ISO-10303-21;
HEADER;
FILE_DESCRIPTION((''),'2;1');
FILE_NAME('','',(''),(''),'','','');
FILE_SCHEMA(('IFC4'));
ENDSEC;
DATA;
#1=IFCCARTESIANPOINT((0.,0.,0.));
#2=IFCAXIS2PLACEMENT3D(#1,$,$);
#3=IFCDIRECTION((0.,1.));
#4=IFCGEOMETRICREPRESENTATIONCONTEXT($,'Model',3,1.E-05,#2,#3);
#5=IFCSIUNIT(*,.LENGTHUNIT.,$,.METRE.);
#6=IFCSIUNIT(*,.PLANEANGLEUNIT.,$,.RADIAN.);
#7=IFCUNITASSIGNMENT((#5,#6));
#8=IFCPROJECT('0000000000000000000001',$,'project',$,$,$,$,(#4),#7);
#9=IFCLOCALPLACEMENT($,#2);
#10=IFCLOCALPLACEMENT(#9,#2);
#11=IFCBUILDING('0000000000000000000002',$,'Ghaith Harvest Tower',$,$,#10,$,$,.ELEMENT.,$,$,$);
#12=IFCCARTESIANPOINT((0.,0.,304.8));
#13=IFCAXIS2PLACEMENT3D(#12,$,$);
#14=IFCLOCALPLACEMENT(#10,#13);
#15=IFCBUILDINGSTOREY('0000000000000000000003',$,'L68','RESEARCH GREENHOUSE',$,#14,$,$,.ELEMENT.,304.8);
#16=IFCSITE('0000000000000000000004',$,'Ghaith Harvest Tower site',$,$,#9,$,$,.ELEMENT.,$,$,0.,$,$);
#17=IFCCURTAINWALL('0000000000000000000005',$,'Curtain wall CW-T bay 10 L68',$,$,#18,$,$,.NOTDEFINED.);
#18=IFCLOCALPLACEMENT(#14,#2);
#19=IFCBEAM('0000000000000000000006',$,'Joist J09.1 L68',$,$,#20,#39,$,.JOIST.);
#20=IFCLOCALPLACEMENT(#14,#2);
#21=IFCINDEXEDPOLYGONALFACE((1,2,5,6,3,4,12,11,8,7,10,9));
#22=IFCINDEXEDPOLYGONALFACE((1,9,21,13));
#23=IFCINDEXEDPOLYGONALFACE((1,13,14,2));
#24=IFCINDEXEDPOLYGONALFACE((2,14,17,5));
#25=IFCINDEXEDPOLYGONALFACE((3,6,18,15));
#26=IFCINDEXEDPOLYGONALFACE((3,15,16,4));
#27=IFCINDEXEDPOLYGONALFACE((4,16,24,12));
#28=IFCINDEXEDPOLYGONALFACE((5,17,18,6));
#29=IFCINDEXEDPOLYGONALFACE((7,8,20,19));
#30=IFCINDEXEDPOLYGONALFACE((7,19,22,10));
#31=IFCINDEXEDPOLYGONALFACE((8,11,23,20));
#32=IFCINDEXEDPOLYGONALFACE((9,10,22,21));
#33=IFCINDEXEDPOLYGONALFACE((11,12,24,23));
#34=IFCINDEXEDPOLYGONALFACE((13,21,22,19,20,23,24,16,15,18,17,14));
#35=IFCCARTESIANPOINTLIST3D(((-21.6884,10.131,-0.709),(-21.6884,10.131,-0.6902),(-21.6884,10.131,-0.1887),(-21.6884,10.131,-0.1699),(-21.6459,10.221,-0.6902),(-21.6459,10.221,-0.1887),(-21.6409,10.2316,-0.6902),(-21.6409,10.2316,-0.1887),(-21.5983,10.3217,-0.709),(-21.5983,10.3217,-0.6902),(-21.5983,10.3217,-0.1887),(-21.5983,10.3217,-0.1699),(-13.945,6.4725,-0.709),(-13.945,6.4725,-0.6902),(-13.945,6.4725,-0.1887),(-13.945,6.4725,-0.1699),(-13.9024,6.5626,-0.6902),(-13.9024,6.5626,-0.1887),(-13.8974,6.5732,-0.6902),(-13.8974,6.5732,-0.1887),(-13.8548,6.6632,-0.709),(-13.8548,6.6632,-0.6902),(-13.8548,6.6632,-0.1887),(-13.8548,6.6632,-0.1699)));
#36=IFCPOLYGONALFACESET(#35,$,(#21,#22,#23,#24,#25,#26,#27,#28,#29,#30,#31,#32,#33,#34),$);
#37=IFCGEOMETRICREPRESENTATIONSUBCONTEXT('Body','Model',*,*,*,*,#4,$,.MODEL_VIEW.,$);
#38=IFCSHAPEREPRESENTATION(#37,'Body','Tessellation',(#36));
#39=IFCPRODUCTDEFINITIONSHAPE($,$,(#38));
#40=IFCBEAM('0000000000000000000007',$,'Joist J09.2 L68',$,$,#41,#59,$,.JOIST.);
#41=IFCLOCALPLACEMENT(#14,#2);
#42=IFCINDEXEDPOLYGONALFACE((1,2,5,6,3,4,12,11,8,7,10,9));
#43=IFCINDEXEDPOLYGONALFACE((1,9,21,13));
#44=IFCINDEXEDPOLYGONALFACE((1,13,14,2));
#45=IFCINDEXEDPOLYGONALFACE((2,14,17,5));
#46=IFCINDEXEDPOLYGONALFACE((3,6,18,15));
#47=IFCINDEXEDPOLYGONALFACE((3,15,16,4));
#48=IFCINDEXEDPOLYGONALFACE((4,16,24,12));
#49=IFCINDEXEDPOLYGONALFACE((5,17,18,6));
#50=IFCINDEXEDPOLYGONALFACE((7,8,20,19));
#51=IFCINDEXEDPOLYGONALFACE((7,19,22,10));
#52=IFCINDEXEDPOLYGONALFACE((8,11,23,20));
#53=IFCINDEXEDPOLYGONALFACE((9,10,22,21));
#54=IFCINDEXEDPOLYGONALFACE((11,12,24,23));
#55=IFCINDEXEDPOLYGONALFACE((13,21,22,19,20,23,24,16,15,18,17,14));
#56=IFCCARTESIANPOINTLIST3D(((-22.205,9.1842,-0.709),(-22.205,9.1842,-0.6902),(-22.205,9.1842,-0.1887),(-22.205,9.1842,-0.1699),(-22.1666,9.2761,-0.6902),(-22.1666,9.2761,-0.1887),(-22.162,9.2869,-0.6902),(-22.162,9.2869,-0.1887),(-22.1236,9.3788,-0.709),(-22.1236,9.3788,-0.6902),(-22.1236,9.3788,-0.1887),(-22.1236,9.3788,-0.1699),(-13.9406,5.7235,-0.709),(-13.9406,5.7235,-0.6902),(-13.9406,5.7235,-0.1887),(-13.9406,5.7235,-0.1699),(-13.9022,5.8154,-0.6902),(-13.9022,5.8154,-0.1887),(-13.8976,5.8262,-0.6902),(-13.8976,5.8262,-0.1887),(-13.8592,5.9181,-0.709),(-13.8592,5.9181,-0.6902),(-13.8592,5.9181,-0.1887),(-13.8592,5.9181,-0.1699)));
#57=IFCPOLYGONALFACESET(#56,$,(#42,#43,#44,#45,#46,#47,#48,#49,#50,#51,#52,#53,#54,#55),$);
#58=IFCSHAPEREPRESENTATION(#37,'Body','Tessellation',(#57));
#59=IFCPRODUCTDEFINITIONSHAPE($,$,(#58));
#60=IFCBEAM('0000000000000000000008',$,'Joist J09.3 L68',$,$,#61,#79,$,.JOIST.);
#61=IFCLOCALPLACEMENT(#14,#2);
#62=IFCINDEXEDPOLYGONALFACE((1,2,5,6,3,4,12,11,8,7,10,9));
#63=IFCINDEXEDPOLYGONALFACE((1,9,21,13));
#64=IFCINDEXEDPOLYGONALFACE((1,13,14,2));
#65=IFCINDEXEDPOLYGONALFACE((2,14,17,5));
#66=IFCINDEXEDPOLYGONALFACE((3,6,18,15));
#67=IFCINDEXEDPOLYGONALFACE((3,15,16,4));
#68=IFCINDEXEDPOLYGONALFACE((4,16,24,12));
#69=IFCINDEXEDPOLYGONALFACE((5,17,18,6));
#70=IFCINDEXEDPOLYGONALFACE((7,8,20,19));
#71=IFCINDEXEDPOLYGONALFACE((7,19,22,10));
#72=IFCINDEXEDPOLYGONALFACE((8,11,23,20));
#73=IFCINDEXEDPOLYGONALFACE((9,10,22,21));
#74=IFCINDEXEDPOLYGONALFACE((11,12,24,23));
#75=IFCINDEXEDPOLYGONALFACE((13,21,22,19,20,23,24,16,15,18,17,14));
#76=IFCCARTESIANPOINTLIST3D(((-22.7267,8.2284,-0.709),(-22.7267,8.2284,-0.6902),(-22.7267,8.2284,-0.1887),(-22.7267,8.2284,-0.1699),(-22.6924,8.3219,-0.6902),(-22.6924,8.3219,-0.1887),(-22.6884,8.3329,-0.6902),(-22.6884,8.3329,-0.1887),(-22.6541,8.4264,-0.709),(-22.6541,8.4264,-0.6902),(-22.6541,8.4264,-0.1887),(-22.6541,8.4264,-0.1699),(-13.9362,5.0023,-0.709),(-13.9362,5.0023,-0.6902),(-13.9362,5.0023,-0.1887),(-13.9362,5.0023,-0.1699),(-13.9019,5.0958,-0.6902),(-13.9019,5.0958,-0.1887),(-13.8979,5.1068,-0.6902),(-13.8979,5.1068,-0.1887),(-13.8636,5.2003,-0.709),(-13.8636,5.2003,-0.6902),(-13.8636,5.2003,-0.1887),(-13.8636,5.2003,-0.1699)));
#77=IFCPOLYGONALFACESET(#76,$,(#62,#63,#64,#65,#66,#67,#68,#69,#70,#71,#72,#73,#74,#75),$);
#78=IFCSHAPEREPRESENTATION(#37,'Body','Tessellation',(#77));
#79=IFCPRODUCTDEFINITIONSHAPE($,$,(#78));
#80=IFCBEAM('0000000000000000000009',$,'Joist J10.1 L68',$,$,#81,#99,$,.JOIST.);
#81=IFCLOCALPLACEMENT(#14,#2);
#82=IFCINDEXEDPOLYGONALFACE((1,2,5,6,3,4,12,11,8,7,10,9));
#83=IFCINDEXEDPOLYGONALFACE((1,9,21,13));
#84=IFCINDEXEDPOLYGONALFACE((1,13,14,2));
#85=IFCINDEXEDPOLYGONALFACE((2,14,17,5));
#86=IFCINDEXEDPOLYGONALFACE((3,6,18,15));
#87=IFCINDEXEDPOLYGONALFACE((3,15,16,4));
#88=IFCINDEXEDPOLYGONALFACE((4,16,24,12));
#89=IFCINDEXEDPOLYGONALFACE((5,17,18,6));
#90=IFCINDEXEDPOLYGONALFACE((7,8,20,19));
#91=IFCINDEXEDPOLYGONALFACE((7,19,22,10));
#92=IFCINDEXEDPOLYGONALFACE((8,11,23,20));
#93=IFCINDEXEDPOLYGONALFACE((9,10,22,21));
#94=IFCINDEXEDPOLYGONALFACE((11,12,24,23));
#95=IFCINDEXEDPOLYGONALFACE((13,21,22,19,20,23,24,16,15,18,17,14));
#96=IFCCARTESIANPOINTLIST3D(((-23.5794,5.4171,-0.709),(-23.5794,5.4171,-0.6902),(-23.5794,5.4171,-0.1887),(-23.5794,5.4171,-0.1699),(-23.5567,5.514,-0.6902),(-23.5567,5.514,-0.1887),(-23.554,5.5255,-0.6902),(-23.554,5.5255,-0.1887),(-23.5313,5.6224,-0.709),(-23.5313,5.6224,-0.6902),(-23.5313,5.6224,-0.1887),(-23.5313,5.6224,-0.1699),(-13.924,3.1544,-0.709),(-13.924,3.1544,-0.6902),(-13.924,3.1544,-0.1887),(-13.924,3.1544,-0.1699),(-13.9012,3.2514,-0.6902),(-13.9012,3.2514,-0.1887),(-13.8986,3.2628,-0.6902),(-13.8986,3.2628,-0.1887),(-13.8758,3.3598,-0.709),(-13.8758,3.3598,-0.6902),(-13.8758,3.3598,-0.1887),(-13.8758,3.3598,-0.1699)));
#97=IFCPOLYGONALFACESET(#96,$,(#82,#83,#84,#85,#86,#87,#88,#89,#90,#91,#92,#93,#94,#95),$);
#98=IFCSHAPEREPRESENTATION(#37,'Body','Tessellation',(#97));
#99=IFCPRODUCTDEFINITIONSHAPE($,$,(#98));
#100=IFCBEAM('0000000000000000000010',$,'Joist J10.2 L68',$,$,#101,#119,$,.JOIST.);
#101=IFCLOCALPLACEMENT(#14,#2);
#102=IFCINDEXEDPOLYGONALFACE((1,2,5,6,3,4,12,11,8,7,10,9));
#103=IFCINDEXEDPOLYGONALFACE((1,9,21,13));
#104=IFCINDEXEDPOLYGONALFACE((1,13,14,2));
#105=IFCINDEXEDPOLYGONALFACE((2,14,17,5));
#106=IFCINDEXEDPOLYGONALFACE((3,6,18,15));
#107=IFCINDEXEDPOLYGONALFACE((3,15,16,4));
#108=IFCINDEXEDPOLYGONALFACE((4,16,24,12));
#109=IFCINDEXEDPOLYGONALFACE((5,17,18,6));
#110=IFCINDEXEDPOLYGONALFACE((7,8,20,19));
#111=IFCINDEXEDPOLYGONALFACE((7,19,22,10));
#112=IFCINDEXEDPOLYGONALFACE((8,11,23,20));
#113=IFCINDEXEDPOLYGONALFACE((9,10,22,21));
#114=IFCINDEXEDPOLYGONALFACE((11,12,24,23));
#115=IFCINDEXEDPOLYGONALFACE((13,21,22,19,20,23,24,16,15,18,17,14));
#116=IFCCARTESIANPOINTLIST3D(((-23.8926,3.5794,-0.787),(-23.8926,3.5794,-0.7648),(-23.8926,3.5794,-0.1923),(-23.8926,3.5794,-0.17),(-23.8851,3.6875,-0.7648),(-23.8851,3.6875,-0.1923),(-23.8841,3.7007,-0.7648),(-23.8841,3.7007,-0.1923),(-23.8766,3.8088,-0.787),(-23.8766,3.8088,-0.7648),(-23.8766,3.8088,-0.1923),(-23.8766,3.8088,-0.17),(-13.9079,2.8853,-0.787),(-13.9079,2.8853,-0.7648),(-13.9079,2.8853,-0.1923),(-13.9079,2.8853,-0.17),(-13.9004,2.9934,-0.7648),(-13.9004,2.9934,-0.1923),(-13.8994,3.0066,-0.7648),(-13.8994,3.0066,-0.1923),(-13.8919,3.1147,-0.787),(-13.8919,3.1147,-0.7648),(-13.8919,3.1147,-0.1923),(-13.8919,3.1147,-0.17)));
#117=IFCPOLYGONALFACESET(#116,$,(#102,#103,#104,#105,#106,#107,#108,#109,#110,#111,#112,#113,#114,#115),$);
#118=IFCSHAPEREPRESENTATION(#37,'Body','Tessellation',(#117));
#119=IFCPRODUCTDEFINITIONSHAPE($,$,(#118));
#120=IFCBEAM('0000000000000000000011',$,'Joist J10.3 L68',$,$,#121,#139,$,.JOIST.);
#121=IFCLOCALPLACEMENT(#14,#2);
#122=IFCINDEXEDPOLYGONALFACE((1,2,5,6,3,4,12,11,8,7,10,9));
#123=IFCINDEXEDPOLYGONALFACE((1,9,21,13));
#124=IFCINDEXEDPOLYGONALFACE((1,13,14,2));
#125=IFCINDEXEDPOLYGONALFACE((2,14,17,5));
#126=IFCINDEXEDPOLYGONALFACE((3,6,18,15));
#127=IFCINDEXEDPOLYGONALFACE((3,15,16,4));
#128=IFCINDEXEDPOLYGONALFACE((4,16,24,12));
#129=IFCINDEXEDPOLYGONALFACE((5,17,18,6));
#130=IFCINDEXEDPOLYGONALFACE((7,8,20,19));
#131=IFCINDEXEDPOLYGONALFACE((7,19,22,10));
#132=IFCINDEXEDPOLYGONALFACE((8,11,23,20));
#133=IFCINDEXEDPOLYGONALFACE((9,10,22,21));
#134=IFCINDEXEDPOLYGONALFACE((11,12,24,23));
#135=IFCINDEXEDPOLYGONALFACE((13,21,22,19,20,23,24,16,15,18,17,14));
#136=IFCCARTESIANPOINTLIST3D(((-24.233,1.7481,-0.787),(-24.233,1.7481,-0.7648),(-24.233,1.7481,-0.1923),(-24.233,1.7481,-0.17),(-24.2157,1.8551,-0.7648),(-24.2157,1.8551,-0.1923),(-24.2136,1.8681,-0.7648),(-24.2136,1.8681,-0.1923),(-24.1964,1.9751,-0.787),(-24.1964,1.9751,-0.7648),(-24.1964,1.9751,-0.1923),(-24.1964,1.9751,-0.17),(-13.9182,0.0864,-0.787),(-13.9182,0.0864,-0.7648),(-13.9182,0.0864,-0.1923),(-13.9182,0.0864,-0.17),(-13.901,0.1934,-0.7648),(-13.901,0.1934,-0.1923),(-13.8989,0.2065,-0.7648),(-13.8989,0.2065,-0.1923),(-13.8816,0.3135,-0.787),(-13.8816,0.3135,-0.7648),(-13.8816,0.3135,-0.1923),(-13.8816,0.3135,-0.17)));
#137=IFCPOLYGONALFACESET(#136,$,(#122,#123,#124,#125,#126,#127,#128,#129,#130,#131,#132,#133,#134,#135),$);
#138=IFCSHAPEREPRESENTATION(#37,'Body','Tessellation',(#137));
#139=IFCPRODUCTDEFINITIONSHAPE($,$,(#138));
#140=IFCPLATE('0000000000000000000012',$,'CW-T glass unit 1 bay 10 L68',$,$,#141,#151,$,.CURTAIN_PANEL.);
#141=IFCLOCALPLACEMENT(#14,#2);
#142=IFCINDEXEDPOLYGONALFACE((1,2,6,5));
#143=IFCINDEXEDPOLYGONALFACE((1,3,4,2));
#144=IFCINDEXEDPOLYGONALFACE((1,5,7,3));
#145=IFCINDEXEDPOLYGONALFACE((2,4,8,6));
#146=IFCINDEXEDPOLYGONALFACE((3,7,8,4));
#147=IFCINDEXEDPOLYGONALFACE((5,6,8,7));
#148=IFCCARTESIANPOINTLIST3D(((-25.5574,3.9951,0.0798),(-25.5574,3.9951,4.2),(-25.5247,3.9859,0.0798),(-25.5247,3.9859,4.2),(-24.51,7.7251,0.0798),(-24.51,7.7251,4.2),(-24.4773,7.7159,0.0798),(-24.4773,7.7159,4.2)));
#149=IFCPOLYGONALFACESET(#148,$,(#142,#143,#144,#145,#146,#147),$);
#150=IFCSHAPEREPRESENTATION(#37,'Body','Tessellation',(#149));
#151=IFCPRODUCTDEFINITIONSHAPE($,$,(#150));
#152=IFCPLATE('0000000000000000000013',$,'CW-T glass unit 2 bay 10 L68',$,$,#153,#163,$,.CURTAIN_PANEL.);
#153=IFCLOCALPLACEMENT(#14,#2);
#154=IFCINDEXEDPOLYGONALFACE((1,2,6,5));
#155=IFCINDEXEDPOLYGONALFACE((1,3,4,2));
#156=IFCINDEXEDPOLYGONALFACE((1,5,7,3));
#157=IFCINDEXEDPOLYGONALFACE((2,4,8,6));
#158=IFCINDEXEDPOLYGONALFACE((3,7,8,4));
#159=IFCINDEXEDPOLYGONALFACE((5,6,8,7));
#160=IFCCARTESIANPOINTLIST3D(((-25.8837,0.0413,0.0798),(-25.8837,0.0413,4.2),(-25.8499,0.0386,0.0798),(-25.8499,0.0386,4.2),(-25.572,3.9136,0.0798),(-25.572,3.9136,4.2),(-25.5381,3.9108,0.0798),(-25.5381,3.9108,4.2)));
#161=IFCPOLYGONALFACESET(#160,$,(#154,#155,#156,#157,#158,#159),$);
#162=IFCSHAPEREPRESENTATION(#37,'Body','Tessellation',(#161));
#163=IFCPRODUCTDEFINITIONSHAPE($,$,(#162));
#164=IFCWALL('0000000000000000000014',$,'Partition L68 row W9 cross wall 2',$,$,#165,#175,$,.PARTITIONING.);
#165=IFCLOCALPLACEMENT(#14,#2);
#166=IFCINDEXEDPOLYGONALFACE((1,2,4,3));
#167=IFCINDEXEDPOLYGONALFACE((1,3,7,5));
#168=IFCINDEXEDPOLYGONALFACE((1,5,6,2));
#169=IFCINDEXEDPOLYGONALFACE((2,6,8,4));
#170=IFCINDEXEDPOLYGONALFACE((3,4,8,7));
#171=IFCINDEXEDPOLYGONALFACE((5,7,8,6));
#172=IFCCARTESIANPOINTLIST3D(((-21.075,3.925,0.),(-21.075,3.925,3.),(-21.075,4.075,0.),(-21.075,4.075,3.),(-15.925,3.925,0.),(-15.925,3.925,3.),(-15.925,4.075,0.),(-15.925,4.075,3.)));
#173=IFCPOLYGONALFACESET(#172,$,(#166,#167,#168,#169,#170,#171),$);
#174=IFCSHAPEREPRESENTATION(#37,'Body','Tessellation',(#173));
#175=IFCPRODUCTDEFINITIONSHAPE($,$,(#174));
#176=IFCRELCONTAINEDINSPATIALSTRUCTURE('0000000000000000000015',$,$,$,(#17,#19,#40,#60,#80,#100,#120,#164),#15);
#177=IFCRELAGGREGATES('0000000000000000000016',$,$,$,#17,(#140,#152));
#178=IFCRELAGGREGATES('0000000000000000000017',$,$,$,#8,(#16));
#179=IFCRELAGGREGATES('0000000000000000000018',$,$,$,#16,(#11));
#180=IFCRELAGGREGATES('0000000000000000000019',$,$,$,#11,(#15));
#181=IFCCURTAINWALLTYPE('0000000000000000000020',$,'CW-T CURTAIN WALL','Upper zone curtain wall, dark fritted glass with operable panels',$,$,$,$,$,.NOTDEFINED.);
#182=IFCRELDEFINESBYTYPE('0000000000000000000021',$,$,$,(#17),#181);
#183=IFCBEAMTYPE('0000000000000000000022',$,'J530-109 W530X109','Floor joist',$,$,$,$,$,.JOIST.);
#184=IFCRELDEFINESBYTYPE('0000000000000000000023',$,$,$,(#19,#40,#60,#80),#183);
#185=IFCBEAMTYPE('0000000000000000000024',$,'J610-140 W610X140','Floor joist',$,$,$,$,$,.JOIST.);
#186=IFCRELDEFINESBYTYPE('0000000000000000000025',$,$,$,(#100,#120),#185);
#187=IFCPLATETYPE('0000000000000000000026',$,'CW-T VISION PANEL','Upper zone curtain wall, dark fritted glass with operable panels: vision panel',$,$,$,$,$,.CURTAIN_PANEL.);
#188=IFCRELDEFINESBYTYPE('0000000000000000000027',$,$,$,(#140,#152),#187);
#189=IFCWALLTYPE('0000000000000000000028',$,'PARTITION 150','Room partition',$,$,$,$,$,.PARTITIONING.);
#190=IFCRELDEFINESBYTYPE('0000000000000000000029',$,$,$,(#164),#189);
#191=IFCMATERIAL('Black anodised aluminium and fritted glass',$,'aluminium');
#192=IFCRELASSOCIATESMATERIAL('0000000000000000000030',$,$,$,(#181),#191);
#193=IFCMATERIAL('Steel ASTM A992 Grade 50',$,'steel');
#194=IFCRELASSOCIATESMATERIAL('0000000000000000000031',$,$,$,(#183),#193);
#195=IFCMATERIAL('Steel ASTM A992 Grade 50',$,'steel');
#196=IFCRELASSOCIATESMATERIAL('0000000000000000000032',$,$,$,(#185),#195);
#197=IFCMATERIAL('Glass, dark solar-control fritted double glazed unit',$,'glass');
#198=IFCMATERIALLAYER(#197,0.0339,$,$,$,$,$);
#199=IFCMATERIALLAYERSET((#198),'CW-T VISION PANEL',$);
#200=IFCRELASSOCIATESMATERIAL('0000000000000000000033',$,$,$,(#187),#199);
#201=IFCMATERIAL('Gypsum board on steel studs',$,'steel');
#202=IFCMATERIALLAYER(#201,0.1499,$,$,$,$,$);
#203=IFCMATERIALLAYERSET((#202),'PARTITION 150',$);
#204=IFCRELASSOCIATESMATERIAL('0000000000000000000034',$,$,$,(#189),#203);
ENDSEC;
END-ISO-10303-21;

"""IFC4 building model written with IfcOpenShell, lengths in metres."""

from ifc_helpers import new_model, si_unit, direction, frame, frame_2d, origin, origin_2d, place, context, subcontext, project, spatial, rectangle, i_section, extrude, material, layer, layer_set, material_profile, profile_set, type_object, element, aggregate, save


model = new_model("IFC4")

# Units and contexts
model_context = context("Model", 3, precision=1e-05, world=origin(), true_north=direction((0.0, 1.0)))
body_context = subcontext(model_context, "Body", "Model", "MODEL_VIEW")
ifc_project = project(units=[si_unit("LENGTHUNIT", "METRE"), si_unit("PLANEANGLEUNIT", "RADIAN")], contexts=[model_context])

# Site, building, storey
site_placement = place(None, origin())
site = spatial("IfcSite", under=ifc_project, at=site_placement, Name="Ghaith Harvest Tower site", CompositionType="ELEMENT", RefElevation=0.0)
building_placement = place(site_placement, origin())
building = spatial("IfcBuilding", under=site, at=building_placement, Name="Ghaith Harvest Tower", CompositionType="ELEMENT")
storey_placement = place(building_placement, frame((0.0, 0.0, 304.8)))
storey = spatial("IfcBuildingStorey", under=building, at=storey_placement, Name="L68", Description="RESEARCH GREENHOUSE", CompositionType="ELEMENT", Elevation=304.8)

# Curtain wall
ifc_material_1 = material(Name="Black anodised aluminium and fritted glass", Category="aluminium")
curtain_wall_type = type_object("IfcCurtainWallType", Name="CW-T CURTAIN WALL", Description="Upper zone curtain wall, dark fritted glass with operable panels", PredefinedType="NOTDEFINED", material=ifc_material_1)
curtain_wall_placement = place(storey_placement, origin())
curtain_wall = element("IfcCurtainWall", 1, at=curtain_wall_placement, inside=storey, type_object=curtain_wall_type, Name="Curtain wall CW-T bay 10 L68", PredefinedType="NOTDEFINED")

# Beams
ifc_material_2 = material(Name="Steel ASTM A992 Grade 50", Category="steel")
ifc_material_profile_1 = material_profile(ifc_material_2, i_section(OverallWidth=0.2109, OverallDepth=0.5391, WebThickness=0.0117, FlangeThickness=0.0188, at=origin_2d()), Name="W530X109")
ifc_profile_set_1 = profile_set([ifc_material_profile_1], Name="Steel ASTM A992 Grade 50")
beam_type_1 = type_object("IfcBeamType", Name="J530-109 W530X109", Description="Floor joist", PredefinedType="JOIST", material=ifc_profile_set_1)
beam_1_placement = place(storey_placement, frame((-13.8999, 6.5679, -0.4395), z_axis=(-0.904166, 0.427182, 0.0), x_axis=(-0.427182, -0.904166, 0.0)))
element("IfcBeam", 2, at=beam_1_placement, inside=storey, type_object=beam_type_1, Name="Joist J09.1 L68", PredefinedType="JOIST", context=body_context, shape_type="SweptSolid", body=[
    extrude(i_section(OverallWidth=0.2109, OverallDepth=0.5391, WebThickness=0.0117, FlangeThickness=0.0188, at=origin_2d()), origin(), (0.0, 0.0, 1.0), 8.5642),
])
beam_2_placement = place(storey_placement, frame((-13.8999, 5.8208, -0.4395), z_axis=(-0.922394, 0.38625, 0.0), x_axis=(-0.38625, -0.922394, 0.0)))
element("IfcBeam", 3, at=beam_2_placement, inside=storey, type_object=beam_type_1, Name="Joist J09.2 L68", PredefinedType="JOIST", context=body_context, shape_type="SweptSolid", body=[
    extrude(i_section(OverallWidth=0.2109, OverallDepth=0.5391, WebThickness=0.0117, FlangeThickness=0.0188, at=origin_2d()), origin(), (0.0, 0.0, 1.0), 8.9597),
])
beam_3_placement = place(storey_placement, frame((-13.8999, 5.1013, -0.4395), z_axis=(-0.938777, 0.344526, 0.0), x_axis=(-0.344526, -0.938777, 0.0)))
element("IfcBeam", 4, at=beam_3_placement, inside=storey, type_object=beam_type_1, Name="Joist J09.3 L68", PredefinedType="JOIST", context=body_context, shape_type="SweptSolid", body=[
    extrude(i_section(OverallWidth=0.2109, OverallDepth=0.5391, WebThickness=0.0117, FlangeThickness=0.0188, at=origin_2d()), origin(), (0.0, 0.0, 1.0), 9.3638),
])
beam_4_placement = place(storey_placement, frame((-13.8999, 3.2571, -0.4395), z_axis=(-0.973623, 0.228161, 0.0), x_axis=(-0.228161, -0.973623, 0.0)))
element("IfcBeam", 5, at=beam_4_placement, inside=storey, type_object=beam_type_1, Name="Joist J10.1 L68", PredefinedType="JOIST", context=body_context, shape_type="SweptSolid", body=[
    extrude(i_section(OverallWidth=0.2109, OverallDepth=0.5391, WebThickness=0.0117, FlangeThickness=0.0188, at=origin_2d()), origin(), (0.0, 0.0, 1.0), 9.917),
])
ifc_material_3 = material(Name="Steel ASTM A992 Grade 50", Category="steel")
ifc_material_profile_2 = material_profile(ifc_material_3, i_section(OverallWidth=0.23, OverallDepth=0.6169, WebThickness=0.0132, FlangeThickness=0.0222, at=origin_2d()), Name="W610X140")
ifc_profile_set_2 = profile_set([ifc_material_profile_2], Name="Steel ASTM A992 Grade 50")
beam_type_2 = type_object("IfcBeamType", Name="J610-140 W610X140", Description="Floor joist", PredefinedType="JOIST", material=ifc_profile_set_2)
beam_5_placement = place(storey_placement, frame((-13.8999, 3.0, -0.4785), z_axis=(-0.997592, 0.069349, 0.0), x_axis=(-0.069349, -0.997592, 0.0)))
element("IfcBeam", 6, at=beam_5_placement, inside=storey, type_object=beam_type_2, Name="Joist J10.2 L68", PredefinedType="JOIST", context=body_context, shape_type="SweptSolid", body=[
    extrude(i_section(OverallWidth=0.23, OverallDepth=0.6169, WebThickness=0.0132, FlangeThickness=0.0222, at=origin_2d()), origin(), (0.0, 0.0, 1.0), 10.0088),
])
beam_6_placement = place(storey_placement, frame((-13.8999, 0.2, -0.4785), z_axis=(-0.987272, 0.159042, 0.0), x_axis=(-0.159042, -0.987272, 0.0)))
element("IfcBeam", 7, at=beam_6_placement, inside=storey, type_object=beam_type_2, Name="Joist J10.3 L68", PredefinedType="JOIST", context=body_context, shape_type="SweptSolid", body=[
    extrude(i_section(OverallWidth=0.23, OverallDepth=0.6169, WebThickness=0.0132, FlangeThickness=0.0222, at=origin_2d()), origin(), (0.0, 0.0, 1.0), 10.4478),
])

# Plates
ifc_material_4 = material(Name="Glass, dark solar-control fritted double glazed unit", Category="glass")
ifc_layer_1 = layer(ifc_material_4, 0.0339)
ifc_layer_set_1 = layer_set([ifc_layer_1], Name="CW-T VISION PANEL")
plate_type = type_object("IfcPlateType", Name="CW-T VISION PANEL", Description="Upper zone curtain wall, dark fritted glass with operable panels: vision panel", PredefinedType="CURTAIN_PANEL", material=ifc_layer_set_1)
plate_1_placement = place(storey_placement, frame((-25.0173, 5.8555, 0.0798), z_axis=(0.0, 0.0, 1.0), x_axis=(-0.270355, -0.962761, 0.0)))
plate_1 = element("IfcPlate", 8, at=plate_1_placement, type_object=plate_type, Name="CW-T glass unit 1 bay 10 L68", PredefinedType="CURTAIN_PANEL", context=body_context, shape_type="SweptSolid", body=[
    extrude(rectangle(XDim=3.8743, YDim=0.0339, at=origin_2d()), origin(), (0.0, 0.0, 1.0), 4.1201),
])
plate_2_placement = place(storey_placement, frame((-25.7109, 1.9761, 0.0798), z_axis=(0.0, 0.0, 1.0), x_axis=(-0.080258, -0.996774, 0.0)))
plate_2 = element("IfcPlate", 9, at=plate_2_placement, type_object=plate_type, Name="CW-T glass unit 2 bay 10 L68", PredefinedType="CURTAIN_PANEL", context=body_context, shape_type="SweptSolid", body=[
    extrude(rectangle(XDim=3.8848, YDim=0.0339, at=origin_2d()), origin(), (0.0, 0.0, 1.0), 4.1201),
])
aggregate(curtain_wall, [plate_1, plate_2])

# Wall
ifc_material_5 = material(Name="Gypsum board on steel studs", Category="steel")
ifc_layer_2 = layer(ifc_material_5, 0.1499)
ifc_layer_set_2 = layer_set([ifc_layer_2], Name="PARTITION 150")
wall_type_1 = type_object("IfcWallType", Name="PARTITION 150", Description="Room partition", PredefinedType="PARTITIONING", material=ifc_layer_set_2)
wall_1_placement = place(storey_placement, frame((-15.925, 4.0, 0.0), z_axis=(0.0, 0.0, 1.0), x_axis=(-1.0, 0.0, 0.0)))
element("IfcWall", 10, at=wall_1_placement, inside=storey, type_object=wall_type_1, Name="Partition L68 row W9 cross wall 2", PredefinedType="PARTITIONING", context=body_context, shape_type="SweptSolid", body=[
    extrude(rectangle(XDim=5.1499, YDim=0.1499, at=frame_2d((2.575, 0.0))), origin(), (0.0, 0.0, 1.0), 3.0),
])

save(model, "model.ifc")
